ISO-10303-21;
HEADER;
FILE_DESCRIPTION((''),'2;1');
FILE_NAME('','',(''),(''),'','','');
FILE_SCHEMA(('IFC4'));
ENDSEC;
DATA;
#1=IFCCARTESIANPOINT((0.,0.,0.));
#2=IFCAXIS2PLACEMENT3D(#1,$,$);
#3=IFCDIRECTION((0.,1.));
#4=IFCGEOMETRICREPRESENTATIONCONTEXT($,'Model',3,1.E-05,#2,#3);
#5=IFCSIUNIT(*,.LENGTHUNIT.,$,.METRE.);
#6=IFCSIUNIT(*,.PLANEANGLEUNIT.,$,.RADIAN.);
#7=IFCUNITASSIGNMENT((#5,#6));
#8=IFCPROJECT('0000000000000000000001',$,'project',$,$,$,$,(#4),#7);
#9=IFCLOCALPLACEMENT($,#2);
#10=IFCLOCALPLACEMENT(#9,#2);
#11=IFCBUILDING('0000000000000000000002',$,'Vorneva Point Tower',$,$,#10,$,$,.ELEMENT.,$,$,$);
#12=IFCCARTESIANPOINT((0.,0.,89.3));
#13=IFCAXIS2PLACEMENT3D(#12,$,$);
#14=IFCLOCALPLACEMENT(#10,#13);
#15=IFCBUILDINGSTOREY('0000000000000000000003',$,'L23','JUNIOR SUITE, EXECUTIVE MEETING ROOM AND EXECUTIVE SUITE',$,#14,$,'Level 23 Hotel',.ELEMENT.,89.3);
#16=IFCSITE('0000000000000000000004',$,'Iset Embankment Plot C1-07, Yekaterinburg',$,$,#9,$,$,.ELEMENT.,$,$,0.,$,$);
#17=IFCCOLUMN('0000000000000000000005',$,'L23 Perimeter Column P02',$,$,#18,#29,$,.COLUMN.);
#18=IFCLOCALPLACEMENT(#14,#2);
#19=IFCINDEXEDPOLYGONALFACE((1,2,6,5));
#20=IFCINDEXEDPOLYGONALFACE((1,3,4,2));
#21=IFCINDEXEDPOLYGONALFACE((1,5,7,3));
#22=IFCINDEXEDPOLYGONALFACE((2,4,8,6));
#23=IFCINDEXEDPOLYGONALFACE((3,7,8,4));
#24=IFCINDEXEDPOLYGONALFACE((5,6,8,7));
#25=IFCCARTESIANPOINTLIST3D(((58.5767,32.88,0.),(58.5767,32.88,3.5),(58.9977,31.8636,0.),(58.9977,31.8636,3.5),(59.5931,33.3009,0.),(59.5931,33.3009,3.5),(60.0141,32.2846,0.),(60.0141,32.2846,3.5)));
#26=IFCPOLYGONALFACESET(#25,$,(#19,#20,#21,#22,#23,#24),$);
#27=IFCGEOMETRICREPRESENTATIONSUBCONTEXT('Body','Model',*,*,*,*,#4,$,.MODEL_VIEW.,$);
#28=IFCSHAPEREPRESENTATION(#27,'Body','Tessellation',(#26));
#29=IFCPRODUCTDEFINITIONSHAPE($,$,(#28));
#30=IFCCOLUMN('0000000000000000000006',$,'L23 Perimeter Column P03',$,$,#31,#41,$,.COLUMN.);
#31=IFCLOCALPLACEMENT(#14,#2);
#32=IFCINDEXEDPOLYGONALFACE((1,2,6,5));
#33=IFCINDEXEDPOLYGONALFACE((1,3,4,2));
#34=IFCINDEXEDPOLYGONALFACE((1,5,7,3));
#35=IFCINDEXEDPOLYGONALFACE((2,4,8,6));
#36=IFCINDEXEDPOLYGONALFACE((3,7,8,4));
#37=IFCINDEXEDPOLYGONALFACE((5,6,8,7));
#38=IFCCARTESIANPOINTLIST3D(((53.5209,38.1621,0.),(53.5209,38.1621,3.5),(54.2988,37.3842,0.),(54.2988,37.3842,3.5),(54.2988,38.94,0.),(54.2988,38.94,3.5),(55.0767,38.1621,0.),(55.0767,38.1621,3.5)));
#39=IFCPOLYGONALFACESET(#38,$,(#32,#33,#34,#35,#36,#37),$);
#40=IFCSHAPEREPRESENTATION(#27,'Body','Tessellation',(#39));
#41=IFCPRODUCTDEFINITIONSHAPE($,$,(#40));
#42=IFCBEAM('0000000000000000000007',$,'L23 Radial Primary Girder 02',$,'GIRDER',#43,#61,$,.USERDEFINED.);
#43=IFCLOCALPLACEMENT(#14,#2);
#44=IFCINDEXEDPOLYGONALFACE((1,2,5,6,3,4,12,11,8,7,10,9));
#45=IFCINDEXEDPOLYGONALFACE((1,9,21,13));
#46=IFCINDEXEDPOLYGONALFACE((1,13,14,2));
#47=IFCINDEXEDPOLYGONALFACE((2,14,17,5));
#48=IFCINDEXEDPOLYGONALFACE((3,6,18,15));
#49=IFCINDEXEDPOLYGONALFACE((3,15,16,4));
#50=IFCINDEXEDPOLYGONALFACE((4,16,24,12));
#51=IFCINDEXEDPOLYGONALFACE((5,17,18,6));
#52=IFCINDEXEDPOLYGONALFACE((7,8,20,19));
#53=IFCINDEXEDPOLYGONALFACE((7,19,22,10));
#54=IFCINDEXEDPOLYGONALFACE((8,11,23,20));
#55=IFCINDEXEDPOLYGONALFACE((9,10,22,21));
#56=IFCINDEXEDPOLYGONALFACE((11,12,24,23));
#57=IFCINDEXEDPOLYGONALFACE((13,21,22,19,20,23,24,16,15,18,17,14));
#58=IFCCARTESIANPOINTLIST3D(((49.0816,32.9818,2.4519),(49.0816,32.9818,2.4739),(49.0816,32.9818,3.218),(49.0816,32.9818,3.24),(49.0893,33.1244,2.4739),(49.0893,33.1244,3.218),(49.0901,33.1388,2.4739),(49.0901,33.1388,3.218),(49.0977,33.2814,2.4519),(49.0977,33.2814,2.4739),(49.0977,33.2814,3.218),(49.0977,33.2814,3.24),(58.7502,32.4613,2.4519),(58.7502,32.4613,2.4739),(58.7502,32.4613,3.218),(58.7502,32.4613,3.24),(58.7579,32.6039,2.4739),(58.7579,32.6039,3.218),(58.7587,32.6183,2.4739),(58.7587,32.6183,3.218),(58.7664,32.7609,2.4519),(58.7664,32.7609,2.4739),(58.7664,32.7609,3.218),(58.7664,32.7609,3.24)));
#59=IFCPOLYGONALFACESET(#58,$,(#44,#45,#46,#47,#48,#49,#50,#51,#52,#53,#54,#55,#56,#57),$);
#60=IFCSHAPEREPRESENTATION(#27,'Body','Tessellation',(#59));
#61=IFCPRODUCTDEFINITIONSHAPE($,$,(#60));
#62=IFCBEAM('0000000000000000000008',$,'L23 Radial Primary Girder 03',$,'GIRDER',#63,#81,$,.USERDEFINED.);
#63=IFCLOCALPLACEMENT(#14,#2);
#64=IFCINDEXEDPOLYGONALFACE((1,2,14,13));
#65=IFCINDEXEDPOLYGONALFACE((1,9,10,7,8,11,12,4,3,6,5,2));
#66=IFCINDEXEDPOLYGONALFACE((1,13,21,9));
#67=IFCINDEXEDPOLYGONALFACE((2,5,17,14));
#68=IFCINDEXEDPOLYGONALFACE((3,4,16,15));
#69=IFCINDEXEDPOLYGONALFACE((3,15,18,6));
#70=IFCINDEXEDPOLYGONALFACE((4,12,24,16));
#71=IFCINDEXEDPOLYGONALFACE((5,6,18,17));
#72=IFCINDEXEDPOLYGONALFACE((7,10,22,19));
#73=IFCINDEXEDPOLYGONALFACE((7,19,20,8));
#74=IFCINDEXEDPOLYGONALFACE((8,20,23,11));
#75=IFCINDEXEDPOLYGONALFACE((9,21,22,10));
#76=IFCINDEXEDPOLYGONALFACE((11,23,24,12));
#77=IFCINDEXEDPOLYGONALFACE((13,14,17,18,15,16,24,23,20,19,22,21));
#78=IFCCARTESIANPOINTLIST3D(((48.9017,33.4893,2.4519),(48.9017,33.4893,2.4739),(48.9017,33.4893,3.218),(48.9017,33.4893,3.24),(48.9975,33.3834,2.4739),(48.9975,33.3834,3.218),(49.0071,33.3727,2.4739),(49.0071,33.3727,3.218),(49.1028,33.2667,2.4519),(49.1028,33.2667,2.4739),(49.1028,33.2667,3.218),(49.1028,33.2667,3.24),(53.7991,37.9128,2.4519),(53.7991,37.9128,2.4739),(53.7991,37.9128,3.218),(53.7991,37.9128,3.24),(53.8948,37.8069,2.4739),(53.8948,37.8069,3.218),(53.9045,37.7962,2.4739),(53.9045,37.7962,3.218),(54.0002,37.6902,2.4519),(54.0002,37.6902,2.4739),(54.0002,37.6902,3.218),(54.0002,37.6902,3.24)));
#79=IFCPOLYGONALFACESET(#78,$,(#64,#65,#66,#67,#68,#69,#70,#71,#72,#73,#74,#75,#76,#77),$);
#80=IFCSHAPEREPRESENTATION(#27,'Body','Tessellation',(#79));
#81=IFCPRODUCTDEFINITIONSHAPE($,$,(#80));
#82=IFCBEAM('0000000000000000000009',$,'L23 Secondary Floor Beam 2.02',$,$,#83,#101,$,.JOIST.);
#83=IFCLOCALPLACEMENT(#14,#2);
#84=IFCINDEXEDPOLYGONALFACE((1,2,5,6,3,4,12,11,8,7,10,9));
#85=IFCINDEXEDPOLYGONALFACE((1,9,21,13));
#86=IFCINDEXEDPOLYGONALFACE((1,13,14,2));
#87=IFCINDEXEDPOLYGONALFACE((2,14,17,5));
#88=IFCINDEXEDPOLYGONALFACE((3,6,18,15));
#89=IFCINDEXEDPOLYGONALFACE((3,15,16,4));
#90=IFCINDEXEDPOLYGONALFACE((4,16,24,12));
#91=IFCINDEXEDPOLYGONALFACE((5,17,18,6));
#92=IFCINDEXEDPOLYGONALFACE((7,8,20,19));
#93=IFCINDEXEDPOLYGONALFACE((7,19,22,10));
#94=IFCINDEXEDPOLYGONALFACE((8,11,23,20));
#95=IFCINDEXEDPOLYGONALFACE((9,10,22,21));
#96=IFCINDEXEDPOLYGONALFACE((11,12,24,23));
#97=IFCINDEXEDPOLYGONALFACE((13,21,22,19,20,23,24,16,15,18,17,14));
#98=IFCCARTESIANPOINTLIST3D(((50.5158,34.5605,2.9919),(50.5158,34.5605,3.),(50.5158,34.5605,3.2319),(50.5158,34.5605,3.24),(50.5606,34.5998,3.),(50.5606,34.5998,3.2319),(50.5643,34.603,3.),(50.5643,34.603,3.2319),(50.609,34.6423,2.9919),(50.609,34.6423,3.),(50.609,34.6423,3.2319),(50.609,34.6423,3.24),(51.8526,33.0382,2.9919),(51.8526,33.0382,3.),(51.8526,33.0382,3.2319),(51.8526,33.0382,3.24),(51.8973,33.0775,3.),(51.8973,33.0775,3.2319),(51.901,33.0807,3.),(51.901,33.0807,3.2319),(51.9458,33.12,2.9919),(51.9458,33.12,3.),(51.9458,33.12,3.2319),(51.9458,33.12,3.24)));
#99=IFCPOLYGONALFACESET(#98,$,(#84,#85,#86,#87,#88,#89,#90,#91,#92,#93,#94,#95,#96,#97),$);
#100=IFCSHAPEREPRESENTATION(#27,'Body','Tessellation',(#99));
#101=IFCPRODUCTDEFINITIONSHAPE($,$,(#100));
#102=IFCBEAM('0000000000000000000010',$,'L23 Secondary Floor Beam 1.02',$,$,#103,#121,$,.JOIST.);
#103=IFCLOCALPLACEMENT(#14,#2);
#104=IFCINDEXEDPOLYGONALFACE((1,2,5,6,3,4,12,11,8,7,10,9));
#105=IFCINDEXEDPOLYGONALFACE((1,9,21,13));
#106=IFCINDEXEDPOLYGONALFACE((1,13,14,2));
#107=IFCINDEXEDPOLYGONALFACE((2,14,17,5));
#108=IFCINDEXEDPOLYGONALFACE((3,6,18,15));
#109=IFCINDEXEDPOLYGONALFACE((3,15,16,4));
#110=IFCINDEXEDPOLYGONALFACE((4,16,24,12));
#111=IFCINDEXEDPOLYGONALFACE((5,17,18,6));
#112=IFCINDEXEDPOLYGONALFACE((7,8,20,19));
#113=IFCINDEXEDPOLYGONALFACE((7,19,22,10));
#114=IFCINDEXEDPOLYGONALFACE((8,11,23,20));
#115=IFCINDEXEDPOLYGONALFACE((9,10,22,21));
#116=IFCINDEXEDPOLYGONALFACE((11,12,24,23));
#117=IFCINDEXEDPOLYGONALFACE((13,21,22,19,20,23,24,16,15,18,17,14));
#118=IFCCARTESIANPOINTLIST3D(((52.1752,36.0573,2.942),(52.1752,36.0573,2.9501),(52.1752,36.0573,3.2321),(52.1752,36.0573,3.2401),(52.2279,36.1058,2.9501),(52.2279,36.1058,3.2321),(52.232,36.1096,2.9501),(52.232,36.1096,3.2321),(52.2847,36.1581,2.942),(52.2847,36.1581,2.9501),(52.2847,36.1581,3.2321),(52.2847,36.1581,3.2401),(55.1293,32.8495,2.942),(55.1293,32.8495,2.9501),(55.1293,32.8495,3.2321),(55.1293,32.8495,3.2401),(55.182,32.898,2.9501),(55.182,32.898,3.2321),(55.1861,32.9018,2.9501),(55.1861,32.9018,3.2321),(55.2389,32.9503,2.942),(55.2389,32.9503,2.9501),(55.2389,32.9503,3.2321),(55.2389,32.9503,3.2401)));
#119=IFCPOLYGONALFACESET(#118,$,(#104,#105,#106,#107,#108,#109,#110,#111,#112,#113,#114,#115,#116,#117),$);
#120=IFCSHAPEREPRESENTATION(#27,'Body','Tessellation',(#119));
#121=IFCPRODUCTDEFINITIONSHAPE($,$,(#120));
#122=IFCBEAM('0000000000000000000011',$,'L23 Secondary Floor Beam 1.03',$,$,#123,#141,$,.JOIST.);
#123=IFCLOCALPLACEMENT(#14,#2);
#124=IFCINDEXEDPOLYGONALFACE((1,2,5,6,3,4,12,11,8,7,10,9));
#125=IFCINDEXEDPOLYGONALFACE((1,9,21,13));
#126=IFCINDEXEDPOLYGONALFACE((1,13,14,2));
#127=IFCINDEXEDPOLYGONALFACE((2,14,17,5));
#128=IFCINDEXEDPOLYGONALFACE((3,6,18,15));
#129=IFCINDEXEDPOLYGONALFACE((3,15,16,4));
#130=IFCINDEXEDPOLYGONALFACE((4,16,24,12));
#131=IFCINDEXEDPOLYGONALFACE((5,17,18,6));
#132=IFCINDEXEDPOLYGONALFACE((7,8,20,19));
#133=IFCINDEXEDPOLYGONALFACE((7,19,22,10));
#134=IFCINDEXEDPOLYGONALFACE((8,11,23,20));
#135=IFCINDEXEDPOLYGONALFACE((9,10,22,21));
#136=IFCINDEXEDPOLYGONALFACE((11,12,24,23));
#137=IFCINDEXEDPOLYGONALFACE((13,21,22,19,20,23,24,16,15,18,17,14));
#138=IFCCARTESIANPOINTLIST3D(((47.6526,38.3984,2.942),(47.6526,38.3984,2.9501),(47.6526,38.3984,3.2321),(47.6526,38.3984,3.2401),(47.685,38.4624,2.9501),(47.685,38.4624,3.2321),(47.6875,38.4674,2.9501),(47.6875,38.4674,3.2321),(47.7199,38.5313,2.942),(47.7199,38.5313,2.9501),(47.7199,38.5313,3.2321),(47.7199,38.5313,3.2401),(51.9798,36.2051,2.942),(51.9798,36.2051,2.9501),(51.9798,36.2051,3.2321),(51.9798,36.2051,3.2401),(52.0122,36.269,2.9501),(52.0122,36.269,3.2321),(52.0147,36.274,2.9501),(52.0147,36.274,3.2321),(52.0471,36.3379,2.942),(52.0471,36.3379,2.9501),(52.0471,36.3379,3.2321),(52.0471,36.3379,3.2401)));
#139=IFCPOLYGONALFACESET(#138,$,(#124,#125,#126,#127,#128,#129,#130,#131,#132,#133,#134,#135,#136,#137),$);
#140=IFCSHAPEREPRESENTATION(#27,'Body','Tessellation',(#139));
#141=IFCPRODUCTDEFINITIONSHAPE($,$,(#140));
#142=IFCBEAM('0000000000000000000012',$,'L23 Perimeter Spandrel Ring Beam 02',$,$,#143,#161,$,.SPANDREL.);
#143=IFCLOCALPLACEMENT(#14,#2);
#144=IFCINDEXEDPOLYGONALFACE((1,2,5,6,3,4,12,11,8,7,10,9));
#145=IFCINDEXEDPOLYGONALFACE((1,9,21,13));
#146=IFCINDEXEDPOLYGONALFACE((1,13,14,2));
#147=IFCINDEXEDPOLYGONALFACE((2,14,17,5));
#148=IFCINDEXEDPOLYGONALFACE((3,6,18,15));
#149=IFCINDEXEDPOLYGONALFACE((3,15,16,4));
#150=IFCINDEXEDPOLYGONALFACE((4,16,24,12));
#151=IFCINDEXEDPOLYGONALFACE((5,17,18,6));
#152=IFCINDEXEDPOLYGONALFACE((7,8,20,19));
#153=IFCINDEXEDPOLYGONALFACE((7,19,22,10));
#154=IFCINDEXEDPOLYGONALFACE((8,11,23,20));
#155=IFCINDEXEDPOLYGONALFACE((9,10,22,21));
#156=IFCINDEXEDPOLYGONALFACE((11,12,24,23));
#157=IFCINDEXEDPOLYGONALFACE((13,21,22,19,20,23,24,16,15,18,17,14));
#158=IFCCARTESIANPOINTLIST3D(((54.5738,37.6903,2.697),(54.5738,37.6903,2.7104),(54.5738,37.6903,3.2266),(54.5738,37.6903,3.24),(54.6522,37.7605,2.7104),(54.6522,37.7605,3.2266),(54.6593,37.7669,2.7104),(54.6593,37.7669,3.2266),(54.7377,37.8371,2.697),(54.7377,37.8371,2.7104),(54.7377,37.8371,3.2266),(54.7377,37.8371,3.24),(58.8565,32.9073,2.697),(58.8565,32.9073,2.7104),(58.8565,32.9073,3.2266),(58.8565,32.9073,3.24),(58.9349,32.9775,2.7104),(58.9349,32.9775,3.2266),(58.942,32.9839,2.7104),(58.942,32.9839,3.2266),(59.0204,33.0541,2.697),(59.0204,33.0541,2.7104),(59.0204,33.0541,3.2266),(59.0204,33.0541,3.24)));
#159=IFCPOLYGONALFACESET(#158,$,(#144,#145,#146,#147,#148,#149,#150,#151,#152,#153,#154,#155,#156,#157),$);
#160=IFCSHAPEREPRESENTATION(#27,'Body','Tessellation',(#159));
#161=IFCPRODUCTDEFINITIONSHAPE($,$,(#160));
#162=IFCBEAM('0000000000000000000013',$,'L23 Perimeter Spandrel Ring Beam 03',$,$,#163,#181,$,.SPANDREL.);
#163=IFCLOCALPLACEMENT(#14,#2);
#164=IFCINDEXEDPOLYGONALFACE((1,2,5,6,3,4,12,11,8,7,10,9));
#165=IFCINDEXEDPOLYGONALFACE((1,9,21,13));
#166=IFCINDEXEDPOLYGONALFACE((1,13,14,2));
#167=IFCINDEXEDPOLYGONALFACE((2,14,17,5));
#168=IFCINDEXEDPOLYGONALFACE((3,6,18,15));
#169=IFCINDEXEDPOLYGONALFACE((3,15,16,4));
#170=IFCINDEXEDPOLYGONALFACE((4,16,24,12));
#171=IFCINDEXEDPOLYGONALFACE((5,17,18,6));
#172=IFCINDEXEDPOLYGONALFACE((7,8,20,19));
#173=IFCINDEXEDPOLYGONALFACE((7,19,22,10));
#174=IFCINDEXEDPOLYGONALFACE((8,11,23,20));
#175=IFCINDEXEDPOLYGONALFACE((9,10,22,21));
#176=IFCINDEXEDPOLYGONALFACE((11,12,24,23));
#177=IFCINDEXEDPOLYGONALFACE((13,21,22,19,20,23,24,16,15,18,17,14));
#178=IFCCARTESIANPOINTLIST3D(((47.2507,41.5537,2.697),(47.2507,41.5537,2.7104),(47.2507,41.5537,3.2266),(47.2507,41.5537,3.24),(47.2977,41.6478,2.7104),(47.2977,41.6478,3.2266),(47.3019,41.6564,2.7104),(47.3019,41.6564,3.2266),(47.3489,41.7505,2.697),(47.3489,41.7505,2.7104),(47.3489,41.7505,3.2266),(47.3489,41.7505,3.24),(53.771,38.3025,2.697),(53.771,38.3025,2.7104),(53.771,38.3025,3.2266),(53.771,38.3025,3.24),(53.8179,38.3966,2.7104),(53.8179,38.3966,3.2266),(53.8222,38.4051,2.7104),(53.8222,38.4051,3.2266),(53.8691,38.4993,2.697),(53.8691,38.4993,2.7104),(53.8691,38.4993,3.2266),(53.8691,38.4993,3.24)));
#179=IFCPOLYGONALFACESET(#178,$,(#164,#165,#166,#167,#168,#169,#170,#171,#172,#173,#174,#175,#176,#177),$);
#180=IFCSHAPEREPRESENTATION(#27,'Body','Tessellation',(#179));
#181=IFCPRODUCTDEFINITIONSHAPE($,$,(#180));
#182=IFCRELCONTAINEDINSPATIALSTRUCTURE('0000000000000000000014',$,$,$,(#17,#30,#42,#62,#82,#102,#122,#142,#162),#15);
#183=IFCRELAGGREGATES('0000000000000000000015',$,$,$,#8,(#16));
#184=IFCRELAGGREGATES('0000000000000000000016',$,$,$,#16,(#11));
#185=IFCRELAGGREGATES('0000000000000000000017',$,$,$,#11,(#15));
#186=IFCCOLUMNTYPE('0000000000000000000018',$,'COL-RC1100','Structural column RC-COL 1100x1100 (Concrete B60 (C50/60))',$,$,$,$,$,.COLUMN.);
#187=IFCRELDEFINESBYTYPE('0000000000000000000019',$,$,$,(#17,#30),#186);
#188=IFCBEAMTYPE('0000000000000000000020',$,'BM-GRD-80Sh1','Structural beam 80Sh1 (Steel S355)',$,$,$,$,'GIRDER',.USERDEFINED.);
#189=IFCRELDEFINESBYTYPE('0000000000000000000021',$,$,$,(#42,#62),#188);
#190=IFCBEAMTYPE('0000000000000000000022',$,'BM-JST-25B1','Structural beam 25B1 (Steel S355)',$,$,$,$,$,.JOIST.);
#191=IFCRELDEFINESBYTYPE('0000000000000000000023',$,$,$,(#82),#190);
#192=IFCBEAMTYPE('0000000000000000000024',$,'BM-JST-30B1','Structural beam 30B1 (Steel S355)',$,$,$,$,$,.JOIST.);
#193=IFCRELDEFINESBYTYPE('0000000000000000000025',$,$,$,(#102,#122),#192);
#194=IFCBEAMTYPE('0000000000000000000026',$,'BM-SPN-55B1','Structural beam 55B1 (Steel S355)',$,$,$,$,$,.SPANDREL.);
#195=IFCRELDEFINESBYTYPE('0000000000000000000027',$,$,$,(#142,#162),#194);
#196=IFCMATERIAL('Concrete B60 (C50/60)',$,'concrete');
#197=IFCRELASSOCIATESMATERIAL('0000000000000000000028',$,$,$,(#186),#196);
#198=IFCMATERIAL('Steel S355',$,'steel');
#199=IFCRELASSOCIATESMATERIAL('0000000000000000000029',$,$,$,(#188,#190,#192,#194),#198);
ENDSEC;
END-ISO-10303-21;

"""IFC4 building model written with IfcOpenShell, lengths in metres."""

from ifc_helpers import new_model, si_unit, direction, frame, origin, origin_2d, place, context, subcontext, project, spatial, rectangle, i_section, extrude, material, material_profile, profile_set, type_object, element, save


model = new_model("IFC4")

# Units and contexts
model_context = context("Model", 3, precision=1e-05, world=origin(), true_north=direction((0.0, 1.0)))
body_context = subcontext(model_context, "Body", "Model", "MODEL_VIEW")
ifc_project = project(units=[si_unit("LENGTHUNIT", "METRE"), si_unit("PLANEANGLEUNIT", "RADIAN")], contexts=[model_context])

# Site, building, storey
site_placement = place(None, origin())
site = spatial("IfcSite", under=ifc_project, at=site_placement, Name="Iset Embankment Plot C1-07, Yekaterinburg", CompositionType="ELEMENT", RefElevation=0.0)
building_placement = place(site_placement, origin())
building = spatial("IfcBuilding", under=site, at=building_placement, Name="Vorneva Point Tower", CompositionType="ELEMENT")
storey_placement = place(building_placement, frame((0.0, 0.0, 89.3)))
storey = spatial("IfcBuildingStorey", under=building, at=storey_placement, Name="L23", Description="JUNIOR SUITE, EXECUTIVE MEETING ROOM AND EXECUTIVE SUITE", LongName="Level 23 Hotel", CompositionType="ELEMENT", Elevation=89.3)

# Columns
ifc_material_1 = material(Name="Concrete B60 (C50/60)", Category="concrete")
ifc_material_profile_1 = material_profile(ifc_material_1, rectangle(XDim=1.1001, YDim=1.1001, at=origin_2d()), Name="RC-COL 1100x1100")
ifc_profile_set_1 = profile_set([ifc_material_profile_1], Name="Concrete B60 (C50/60)")
column_type = type_object("IfcColumnType", Name="COL-RC1100", Description="Structural column RC-COL 1100x1100 (Concrete B60 (C50/60))", PredefinedType="COLUMN", material=ifc_profile_set_1)
for number, where, z_axis, x_axis, name in (
    (1, (59.2954, 32.5823, 0.0), (0.0, 0.0, 1.0), (0.92388, 0.382683, 0.0), "L23 Perimeter Column P02"),
    (2, (54.2988, 38.1621, 0.0), (0.0, 0.0, 1.0), (0.707107, 0.707107, 0.0), "L23 Perimeter Column P03"),
):
    element("IfcColumn", number, at=place(storey_placement, frame(where, z_axis=z_axis, x_axis=x_axis)), inside=storey, type_object=column_type, Name=name, PredefinedType="COLUMN", context=body_context, shape_type="SweptSolid", body=[
        extrude(rectangle(XDim=1.1001, YDim=1.1001, at=origin_2d()), origin(), (0.0, 0.0, 1.0), 3.5),
    ])

# Beams
ifc_material_2 = material(Name="Steel S355", Category="steel")
ifc_material_profile_2 = material_profile(ifc_material_2, i_section(OverallWidth=0.3, OverallDepth=0.7881, WebThickness=0.0144, FlangeThickness=0.022, at=origin_2d()), Name="80Sh1")
ifc_profile_set_2 = profile_set([ifc_material_profile_2], Name="Steel S355")
beam_type_1 = type_object("IfcBeamType", Name="BM-GRD-80Sh1", Description="Structural beam 80Sh1 (Steel S355)", ElementType="GIRDER", PredefinedType="USERDEFINED", material=ifc_profile_set_2)
beam_1_placement = place(storey_placement, frame((58.7583, 32.6111, 2.8459), z_axis=(-0.998554, 0.053756, 0.0), x_axis=(-0.053756, -0.998554, 0.0)))
element("IfcBeam", 3, at=beam_1_placement, inside=storey, type_object=beam_type_1, Name="L23 Radial Primary Girder 02", ObjectType="GIRDER", PredefinedType="USERDEFINED", context=body_context, shape_type="SweptSolid", body=[
    extrude(i_section(OverallWidth=0.3, OverallDepth=0.7881, WebThickness=0.0144, FlangeThickness=0.022, at=origin_2d()), origin(), (0.0, 0.0, 1.0), 9.6826),
])
beam_2_placement = place(storey_placement, frame((53.8997, 37.8015, 2.8459), z_axis=(-0.742097, -0.670292, 0.0), x_axis=(0.670292, -0.742097, 0.0)))
element("IfcBeam", 4, at=beam_2_placement, inside=storey, type_object=beam_type_1, Name="L23 Radial Primary Girder 03", ObjectType="GIRDER", PredefinedType="USERDEFINED", context=body_context, shape_type="SweptSolid", body=[
    extrude(i_section(OverallWidth=0.3, OverallDepth=0.7881, WebThickness=0.0144, FlangeThickness=0.022, at=origin_2d()), origin(), (0.0, 0.0, 1.0), 6.5994),
])
ifc_material_profile_3 = material_profile(ifc_material_2, i_section(OverallWidth=0.124, OverallDepth=0.248, WebThickness=0.0049, FlangeThickness=0.0081, at=origin_2d()), Name="25B1")
ifc_profile_set_3 = profile_set([ifc_material_profile_3], Name="Steel S355")
beam_type_2 = type_object("IfcBeamType", Name="BM-JST-25B1", Description="Structural beam 25B1 (Steel S355)", PredefinedType="JOIST", material=ifc_profile_set_3)
beam_3_placement = place(storey_placement, frame((51.8992, 33.0791, 3.116), z_axis=(-0.659826, 0.751418, 0.0), x_axis=(-0.751418, -0.659826, 0.0)))
element("IfcBeam", 5, at=beam_3_placement, inside=storey, type_object=beam_type_2, Name="L23 Secondary Floor Beam 2.02", PredefinedType="JOIST", context=body_context, shape_type="SweptSolid", body=[
    extrude(i_section(OverallWidth=0.124, OverallDepth=0.248, WebThickness=0.0049, FlangeThickness=0.0081, at=origin_2d()), origin(), (0.0, 0.0, 1.0), 2.0259),
])
ifc_material_profile_4 = material_profile(ifc_material_2, i_section(OverallWidth=0.1489, OverallDepth=0.2981, WebThickness=0.0056, FlangeThickness=0.0081, at=origin_2d()), Name="30B1")
ifc_profile_set_4 = profile_set([ifc_material_profile_4], Name="Steel S355")
beam_type_3 = type_object("IfcBeamType", Name="BM-JST-30B1", Description="Structural beam 30B1 (Steel S355)", PredefinedType="JOIST", material=ifc_profile_set_4)
beam_4_placement = place(storey_placement, frame((55.1841, 32.8999, 3.0911), z_axis=(-0.677424, 0.735593, 0.0), x_axis=(-0.735593, -0.677424, 0.0)))
element("IfcBeam", 6, at=beam_4_placement, inside=storey, type_object=beam_type_3, Name="L23 Secondary Floor Beam 1.02", PredefinedType="JOIST", context=body_context, shape_type="SweptSolid", body=[
    extrude(i_section(OverallWidth=0.1489, OverallDepth=0.2981, WebThickness=0.0056, FlangeThickness=0.0081, at=origin_2d()), origin(), (0.0, 0.0, 1.0), 4.3608),
])
beam_5_placement = place(storey_placement, frame((52.0134, 36.2715, 3.0911), z_axis=(-0.891958, 0.452119, 0.0), x_axis=(-0.452119, -0.891958, 0.0)))
element("IfcBeam", 7, at=beam_5_placement, inside=storey, type_object=beam_type_3, Name="L23 Secondary Floor Beam 1.03", PredefinedType="JOIST", context=body_context, shape_type="SweptSolid", body=[
    extrude(i_section(OverallWidth=0.1489, OverallDepth=0.2981, WebThickness=0.0056, FlangeThickness=0.0081, at=origin_2d()), origin(), (0.0, 0.0, 1.0), 4.8513),
])
ifc_material_profile_5 = material_profile(ifc_material_2, i_section(OverallWidth=0.22, OverallDepth=0.543, WebThickness=0.0095, FlangeThickness=0.0134, at=origin_2d()), Name="55B1")
ifc_profile_set_5 = profile_set([ifc_material_profile_5], Name="Steel S355")
beam_type_4 = type_object("IfcBeamType", Name="BM-SPN-55B1", Description="Structural beam 55B1 (Steel S355)", PredefinedType="SPANDREL", material=ifc_profile_set_5)
beam_6_placement = place(storey_placement, frame((58.9385, 32.9807, 2.9685), z_axis=(-0.667074, 0.744992, 0.0), x_axis=(-0.744992, -0.667074, 0.0)))
element("IfcBeam", 8, at=beam_6_placement, inside=storey, type_object=beam_type_4, Name="L23 Perimeter Spandrel Ring Beam 02", PredefinedType="SPANDREL", context=body_context, shape_type="SweptSolid", body=[
    extrude(i_section(OverallWidth=0.22, OverallDepth=0.543, WebThickness=0.0095, FlangeThickness=0.0134, at=origin_2d()), origin(), (0.0, 0.0, 1.0), 6.4202),
])
beam_7_placement = place(storey_placement, frame((53.8201, 38.4009, 2.9685), z_axis=(-0.894916, 0.446235, 0.0), x_axis=(-0.446235, -0.894916, 0.0)))
element("IfcBeam", 9, at=beam_7_placement, inside=storey, type_object=beam_type_4, Name="L23 Perimeter Spandrel Ring Beam 03", PredefinedType="SPANDREL", context=body_context, shape_type="SweptSolid", body=[
    extrude(i_section(OverallWidth=0.22, OverallDepth=0.543, WebThickness=0.0095, FlangeThickness=0.0134, at=origin_2d()), origin(), (0.0, 0.0, 1.0), 7.2859),
])

save(model, "model.ifc")
